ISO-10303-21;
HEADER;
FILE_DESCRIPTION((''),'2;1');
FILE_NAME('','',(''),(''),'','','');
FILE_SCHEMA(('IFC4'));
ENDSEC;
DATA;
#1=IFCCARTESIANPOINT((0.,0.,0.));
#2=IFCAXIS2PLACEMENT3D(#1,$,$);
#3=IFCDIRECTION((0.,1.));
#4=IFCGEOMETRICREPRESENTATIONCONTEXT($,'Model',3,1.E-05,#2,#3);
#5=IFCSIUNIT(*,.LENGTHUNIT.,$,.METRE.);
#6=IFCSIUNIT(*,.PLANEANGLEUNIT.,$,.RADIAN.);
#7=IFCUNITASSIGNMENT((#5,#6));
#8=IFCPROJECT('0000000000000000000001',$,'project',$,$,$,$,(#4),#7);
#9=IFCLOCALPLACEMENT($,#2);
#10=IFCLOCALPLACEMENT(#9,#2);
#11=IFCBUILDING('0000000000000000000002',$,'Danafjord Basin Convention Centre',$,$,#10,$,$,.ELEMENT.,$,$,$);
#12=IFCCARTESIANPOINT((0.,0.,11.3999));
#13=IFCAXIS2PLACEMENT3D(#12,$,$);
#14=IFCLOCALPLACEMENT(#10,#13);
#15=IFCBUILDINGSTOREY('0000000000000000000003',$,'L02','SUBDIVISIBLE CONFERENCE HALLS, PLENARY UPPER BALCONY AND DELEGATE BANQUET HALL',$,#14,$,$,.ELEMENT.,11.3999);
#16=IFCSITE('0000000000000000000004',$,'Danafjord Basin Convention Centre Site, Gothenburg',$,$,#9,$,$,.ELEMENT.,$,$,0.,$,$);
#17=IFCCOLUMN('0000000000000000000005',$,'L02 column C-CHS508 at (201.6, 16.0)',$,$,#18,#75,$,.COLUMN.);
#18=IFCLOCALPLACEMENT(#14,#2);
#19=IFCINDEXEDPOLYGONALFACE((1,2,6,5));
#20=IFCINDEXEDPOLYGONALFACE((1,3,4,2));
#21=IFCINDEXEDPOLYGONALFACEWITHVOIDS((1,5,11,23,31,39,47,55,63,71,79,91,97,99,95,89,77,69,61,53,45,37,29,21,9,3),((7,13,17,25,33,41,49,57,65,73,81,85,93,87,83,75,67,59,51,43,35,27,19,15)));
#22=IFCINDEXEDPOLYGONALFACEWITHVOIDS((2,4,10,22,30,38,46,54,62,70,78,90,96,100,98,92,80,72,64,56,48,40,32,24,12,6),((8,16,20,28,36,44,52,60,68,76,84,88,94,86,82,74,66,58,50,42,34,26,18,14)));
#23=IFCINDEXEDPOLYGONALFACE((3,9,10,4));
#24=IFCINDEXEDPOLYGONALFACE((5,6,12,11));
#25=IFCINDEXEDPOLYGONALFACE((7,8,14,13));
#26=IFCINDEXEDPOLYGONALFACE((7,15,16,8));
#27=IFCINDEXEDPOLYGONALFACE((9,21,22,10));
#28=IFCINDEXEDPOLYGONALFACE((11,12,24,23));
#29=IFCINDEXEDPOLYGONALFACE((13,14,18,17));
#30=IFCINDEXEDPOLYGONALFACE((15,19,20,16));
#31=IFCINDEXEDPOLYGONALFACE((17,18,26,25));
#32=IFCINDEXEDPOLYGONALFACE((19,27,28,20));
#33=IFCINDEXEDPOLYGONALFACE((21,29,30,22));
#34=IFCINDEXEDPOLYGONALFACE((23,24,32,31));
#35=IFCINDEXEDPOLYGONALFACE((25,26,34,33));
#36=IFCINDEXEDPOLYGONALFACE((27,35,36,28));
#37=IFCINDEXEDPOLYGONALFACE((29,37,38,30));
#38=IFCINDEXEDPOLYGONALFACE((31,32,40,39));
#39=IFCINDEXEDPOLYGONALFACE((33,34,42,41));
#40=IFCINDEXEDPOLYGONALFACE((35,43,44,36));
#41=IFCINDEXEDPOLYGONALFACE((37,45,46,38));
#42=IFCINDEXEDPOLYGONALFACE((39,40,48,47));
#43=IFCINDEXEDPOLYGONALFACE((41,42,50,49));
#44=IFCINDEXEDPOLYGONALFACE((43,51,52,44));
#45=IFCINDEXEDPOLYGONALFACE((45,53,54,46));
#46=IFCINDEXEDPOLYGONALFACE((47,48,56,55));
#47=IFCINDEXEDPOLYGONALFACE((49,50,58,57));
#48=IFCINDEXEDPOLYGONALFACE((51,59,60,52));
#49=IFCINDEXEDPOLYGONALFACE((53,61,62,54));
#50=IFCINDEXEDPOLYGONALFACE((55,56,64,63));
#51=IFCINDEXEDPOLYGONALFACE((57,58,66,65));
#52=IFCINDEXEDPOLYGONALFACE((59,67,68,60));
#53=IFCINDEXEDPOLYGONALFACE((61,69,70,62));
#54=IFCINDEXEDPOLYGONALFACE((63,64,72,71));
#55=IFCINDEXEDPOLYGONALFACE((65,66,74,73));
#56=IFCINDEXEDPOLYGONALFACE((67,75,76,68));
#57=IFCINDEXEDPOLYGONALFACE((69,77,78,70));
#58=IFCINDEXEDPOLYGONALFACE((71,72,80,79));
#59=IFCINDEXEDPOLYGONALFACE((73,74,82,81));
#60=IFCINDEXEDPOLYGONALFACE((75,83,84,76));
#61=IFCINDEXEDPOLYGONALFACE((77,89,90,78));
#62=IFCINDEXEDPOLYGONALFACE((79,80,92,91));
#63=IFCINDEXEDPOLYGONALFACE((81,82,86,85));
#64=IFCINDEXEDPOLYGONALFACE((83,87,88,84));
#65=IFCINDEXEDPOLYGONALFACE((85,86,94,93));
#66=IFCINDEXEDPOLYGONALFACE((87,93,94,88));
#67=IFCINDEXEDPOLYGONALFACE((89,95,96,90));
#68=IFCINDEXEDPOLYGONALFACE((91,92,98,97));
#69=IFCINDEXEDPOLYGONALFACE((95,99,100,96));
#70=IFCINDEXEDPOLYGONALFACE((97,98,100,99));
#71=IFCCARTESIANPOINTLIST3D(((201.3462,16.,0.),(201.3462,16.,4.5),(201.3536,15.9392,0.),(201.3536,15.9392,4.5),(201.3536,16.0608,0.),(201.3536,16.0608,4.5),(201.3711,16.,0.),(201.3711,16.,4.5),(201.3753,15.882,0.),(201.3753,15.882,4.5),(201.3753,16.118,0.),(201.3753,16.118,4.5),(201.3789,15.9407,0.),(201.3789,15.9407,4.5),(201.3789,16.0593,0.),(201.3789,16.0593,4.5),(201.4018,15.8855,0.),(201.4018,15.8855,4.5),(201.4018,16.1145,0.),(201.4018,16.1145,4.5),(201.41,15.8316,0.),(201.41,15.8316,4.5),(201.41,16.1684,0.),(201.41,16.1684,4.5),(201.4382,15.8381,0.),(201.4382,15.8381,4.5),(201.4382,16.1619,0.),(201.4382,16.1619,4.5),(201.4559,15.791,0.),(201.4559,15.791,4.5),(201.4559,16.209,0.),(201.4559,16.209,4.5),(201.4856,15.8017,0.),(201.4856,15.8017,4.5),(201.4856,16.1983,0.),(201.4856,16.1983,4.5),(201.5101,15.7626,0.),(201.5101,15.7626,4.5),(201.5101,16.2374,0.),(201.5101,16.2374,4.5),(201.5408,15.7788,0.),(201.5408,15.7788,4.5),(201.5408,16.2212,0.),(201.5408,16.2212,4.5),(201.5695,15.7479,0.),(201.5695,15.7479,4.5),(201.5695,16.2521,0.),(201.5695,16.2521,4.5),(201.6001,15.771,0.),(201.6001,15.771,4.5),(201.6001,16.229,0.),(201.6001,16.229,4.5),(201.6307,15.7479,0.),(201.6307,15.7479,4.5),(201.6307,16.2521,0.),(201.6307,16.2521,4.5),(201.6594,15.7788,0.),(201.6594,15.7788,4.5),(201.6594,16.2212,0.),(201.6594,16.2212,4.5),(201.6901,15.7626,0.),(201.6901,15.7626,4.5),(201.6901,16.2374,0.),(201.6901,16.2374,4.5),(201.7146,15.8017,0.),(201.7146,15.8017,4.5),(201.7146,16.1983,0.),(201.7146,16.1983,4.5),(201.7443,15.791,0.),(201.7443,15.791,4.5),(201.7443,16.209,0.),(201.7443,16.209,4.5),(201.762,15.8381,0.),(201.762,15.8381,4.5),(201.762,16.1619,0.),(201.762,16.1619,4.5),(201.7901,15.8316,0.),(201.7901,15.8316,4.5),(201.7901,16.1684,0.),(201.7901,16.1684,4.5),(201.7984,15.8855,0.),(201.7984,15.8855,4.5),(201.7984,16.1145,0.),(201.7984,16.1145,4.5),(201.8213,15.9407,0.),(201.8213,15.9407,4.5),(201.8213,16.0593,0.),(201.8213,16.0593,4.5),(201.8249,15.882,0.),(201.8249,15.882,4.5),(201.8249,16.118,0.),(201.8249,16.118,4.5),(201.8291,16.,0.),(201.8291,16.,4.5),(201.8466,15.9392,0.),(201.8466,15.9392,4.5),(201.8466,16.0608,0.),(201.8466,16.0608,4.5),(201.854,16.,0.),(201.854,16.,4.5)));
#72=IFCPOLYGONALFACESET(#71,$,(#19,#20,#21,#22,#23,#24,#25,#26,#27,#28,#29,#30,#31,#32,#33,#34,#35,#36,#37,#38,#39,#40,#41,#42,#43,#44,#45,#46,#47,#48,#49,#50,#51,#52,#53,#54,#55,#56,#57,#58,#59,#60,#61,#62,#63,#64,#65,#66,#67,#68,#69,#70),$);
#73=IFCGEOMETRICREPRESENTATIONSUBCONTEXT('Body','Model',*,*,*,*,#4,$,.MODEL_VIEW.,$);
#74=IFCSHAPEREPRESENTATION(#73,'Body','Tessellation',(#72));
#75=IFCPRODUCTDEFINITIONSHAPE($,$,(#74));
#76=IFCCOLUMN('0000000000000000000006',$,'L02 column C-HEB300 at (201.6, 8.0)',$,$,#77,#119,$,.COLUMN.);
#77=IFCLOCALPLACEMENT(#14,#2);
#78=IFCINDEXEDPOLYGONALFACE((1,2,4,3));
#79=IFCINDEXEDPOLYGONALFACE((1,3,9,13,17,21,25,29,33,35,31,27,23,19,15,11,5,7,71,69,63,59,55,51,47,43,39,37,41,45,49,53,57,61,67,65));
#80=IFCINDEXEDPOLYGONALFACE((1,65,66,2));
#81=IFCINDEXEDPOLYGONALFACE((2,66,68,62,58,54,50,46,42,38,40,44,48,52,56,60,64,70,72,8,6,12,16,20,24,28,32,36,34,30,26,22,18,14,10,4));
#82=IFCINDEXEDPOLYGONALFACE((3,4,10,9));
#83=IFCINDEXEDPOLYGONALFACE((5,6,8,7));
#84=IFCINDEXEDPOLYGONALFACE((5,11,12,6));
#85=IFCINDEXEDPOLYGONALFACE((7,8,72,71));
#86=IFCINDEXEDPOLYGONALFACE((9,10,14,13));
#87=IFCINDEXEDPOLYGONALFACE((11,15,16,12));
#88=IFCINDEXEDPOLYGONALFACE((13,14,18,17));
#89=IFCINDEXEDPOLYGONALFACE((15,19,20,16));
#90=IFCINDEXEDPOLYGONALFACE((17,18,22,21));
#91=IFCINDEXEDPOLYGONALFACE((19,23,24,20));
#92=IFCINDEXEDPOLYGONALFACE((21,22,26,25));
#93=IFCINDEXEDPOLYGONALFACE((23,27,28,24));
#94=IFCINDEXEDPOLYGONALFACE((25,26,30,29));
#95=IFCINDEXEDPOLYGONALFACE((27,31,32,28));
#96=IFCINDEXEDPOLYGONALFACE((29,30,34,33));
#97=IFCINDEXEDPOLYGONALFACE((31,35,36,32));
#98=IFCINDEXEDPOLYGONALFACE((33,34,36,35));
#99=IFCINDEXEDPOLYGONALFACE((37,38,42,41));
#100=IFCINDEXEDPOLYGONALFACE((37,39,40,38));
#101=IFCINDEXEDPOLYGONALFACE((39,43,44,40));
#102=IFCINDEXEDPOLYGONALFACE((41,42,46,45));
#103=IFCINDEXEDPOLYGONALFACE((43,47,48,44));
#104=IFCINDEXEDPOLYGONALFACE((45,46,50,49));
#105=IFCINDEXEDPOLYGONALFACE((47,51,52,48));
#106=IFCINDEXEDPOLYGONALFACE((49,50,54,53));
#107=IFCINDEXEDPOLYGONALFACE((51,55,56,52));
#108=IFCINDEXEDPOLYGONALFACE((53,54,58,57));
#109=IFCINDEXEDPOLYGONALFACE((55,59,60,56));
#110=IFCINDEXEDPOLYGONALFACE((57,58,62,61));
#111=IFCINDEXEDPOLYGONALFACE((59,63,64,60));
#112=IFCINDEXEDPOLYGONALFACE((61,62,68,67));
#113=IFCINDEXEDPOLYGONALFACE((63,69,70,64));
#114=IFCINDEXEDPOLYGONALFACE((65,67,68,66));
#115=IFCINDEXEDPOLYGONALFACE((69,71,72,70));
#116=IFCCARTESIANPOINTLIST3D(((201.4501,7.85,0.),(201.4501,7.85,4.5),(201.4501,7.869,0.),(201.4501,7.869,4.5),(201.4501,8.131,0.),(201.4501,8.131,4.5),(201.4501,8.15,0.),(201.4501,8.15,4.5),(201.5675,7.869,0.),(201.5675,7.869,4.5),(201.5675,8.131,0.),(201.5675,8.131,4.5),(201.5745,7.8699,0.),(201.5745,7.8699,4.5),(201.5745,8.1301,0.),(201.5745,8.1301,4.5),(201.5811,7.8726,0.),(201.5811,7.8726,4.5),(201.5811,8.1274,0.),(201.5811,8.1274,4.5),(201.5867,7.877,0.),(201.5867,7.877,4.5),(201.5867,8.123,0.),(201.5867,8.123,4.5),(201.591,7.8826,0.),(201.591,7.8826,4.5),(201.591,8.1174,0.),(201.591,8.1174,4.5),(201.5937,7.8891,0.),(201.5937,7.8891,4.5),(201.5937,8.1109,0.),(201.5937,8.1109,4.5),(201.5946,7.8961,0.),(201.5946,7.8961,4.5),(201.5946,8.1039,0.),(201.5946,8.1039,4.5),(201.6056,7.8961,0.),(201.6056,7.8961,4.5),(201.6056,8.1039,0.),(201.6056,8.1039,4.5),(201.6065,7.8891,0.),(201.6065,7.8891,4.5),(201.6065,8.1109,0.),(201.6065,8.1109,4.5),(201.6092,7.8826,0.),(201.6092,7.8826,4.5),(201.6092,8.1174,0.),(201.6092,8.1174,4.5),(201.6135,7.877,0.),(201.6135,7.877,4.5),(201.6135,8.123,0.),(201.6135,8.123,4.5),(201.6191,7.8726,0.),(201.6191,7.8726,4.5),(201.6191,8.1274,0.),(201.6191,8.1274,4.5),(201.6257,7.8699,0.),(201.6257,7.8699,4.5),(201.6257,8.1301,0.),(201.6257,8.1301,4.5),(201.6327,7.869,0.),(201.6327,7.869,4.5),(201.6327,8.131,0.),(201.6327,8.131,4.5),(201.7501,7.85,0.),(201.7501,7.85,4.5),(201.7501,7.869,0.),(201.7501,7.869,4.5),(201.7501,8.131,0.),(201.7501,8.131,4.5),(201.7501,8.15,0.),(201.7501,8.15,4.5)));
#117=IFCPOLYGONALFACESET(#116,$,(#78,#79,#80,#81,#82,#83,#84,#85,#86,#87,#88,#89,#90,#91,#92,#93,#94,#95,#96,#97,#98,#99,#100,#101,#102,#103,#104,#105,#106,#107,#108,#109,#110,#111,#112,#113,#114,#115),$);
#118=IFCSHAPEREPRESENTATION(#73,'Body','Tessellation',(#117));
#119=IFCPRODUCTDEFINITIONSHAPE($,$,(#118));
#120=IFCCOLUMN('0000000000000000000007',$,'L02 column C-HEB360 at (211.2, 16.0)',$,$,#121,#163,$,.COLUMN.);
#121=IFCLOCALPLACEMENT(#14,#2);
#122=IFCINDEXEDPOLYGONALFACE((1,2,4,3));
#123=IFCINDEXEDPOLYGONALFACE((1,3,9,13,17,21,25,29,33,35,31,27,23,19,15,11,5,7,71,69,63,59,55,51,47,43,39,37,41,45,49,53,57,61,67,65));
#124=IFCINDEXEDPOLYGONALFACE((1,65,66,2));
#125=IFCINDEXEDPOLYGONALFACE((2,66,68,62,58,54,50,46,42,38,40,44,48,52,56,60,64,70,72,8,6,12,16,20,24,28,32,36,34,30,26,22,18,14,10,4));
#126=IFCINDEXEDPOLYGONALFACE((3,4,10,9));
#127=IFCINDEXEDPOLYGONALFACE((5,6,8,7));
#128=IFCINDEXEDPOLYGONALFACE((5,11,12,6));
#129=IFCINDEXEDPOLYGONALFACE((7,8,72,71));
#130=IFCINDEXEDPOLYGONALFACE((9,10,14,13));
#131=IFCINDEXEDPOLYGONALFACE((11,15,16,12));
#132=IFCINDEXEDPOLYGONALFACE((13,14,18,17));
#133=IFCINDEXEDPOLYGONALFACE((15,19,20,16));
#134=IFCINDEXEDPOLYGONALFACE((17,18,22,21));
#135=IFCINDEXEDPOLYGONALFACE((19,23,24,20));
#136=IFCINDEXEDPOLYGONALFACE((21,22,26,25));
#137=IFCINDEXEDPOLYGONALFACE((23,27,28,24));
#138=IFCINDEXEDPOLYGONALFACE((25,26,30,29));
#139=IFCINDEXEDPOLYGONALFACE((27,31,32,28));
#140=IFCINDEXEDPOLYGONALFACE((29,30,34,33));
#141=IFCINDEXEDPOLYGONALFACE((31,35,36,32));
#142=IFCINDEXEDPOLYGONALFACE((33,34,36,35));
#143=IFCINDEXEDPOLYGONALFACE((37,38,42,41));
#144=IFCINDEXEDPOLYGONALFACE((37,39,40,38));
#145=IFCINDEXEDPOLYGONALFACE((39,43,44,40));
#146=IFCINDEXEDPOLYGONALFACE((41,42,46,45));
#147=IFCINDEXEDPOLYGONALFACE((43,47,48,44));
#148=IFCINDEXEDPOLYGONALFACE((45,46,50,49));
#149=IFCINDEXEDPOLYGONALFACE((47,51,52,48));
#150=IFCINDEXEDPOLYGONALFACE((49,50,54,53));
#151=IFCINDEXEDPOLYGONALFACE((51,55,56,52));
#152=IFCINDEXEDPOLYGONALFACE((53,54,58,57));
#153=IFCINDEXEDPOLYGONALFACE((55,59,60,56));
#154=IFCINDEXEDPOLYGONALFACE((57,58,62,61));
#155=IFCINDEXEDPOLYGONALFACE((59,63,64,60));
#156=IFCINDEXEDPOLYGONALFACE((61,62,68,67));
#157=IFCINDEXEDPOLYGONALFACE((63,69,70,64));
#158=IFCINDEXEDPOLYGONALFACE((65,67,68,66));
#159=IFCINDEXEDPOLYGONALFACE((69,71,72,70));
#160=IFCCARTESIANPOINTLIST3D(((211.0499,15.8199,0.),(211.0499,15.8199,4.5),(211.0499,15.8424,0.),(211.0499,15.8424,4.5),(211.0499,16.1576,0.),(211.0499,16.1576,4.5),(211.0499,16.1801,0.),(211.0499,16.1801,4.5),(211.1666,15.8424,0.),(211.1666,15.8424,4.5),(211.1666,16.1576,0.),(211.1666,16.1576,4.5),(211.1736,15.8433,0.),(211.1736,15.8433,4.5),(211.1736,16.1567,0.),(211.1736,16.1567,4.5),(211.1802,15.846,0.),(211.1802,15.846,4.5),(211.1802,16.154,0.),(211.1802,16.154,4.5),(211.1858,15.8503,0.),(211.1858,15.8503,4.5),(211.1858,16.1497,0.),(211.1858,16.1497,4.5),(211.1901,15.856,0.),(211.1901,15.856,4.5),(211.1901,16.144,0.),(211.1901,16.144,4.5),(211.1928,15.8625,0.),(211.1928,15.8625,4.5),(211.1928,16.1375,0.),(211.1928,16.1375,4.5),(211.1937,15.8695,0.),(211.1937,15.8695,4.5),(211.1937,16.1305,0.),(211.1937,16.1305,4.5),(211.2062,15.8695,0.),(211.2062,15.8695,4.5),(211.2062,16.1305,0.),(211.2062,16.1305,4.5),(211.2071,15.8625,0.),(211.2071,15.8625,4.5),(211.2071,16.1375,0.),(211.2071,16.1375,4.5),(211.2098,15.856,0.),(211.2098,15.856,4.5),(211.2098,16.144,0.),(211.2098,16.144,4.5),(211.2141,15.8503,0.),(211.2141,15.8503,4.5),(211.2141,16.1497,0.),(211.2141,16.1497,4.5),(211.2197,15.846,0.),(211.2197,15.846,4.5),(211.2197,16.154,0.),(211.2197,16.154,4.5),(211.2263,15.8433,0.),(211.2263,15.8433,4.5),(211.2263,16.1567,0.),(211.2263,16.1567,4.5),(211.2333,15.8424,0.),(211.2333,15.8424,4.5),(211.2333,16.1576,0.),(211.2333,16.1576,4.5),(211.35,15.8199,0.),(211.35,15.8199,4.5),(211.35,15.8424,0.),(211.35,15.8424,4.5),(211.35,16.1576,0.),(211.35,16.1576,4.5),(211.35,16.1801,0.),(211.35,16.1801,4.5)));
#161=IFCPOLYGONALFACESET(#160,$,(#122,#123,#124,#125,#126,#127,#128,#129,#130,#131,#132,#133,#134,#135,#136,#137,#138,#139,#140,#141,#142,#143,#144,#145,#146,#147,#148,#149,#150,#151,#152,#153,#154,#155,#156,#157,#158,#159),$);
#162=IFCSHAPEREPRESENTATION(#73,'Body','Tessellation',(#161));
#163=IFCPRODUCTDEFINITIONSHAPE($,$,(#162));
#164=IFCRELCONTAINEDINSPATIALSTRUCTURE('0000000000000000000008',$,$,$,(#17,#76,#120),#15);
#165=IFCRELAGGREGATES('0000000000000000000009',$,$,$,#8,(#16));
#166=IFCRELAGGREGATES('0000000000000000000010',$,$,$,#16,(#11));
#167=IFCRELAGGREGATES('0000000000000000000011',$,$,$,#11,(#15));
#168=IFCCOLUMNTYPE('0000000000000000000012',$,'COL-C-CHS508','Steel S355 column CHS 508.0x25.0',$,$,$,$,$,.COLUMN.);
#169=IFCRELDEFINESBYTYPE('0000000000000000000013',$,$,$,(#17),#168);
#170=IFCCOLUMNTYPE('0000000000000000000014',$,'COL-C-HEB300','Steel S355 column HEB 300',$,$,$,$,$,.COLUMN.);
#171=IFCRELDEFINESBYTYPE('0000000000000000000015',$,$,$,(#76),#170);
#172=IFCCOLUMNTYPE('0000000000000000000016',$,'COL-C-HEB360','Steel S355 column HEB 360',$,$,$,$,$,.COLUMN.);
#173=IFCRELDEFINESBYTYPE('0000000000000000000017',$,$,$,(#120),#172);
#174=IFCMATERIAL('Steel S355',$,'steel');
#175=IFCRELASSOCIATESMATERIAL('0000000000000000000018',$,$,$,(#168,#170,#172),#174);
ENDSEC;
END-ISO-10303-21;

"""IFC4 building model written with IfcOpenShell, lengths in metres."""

from ifc_helpers import new_model, si_unit, direction, frame, origin, origin_2d, place, context, subcontext, project, spatial, hollow_circle, i_section, extrude, material, material_profile, profile_set, type_object, element, save


model = new_model("IFC4")

# Units and contexts
model_context = context("Model", 3, precision=1e-05, world=origin(), true_north=direction((0.0, 1.0)))
body_context = subcontext(model_context, "Body", "Model", "MODEL_VIEW")
ifc_project = project(units=[si_unit("LENGTHUNIT", "METRE"), si_unit("PLANEANGLEUNIT", "RADIAN")], contexts=[model_context])

# Site, building, storey
site_placement = place(None, origin())
site = spatial("IfcSite", under=ifc_project, at=site_placement, Name="Danafjord Basin Convention Centre Site, Gothenburg", CompositionType="ELEMENT", RefElevation=0.0)
building_placement = place(site_placement, origin())
building = spatial("IfcBuilding", under=site, at=building_placement, Name="Danafjord Basin Convention Centre", CompositionType="ELEMENT")
storey_placement = place(building_placement, frame((0.0, 0.0, 11.3999)))
storey = spatial("IfcBuildingStorey", under=building, at=storey_placement, Name="L02", Description="SUBDIVISIBLE CONFERENCE HALLS, PLENARY UPPER BALCONY AND DELEGATE BANQUET HALL", CompositionType="ELEMENT", Elevation=11.3999)

# Columns
ifc_material_1 = material(Name="Steel S355", Category="steel")
ifc_material_profile_1 = material_profile(ifc_material_1, hollow_circle(Radius=0.2539, WallThickness=0.0249, at=origin_2d()), Name="CHS 508.0x25.0")
ifc_profile_set_1 = profile_set([ifc_material_profile_1], Name="Steel S355")
column_type_1 = type_object("IfcColumnType", Name="COL-C-CHS508", Description="Steel S355 column CHS 508.0x25.0", PredefinedType="COLUMN", material=ifc_profile_set_1)
column_1_placement = place(storey_placement, frame((201.6001, 16.0, 0.0), z_axis=(0.0, 0.0, 1.0), x_axis=(1.0, 0.0, 0.0)))
element("IfcColumn", 1, at=column_1_placement, inside=storey, type_object=column_type_1, Name="L02 column C-CHS508 at (201.6, 16.0)", PredefinedType="COLUMN", context=body_context, shape_type="SweptSolid", body=[
    extrude(hollow_circle(Radius=0.2539, WallThickness=0.0249, at=origin_2d()), origin(), (0.0, 0.0, 1.0), 4.5),
])
ifc_material_profile_2 = material_profile(ifc_material_1, i_section(OverallWidth=0.3, OverallDepth=0.3, WebThickness=0.011, FlangeThickness=0.019, FilletRadius=0.0271, at=origin_2d()), Name="HEB 300")
ifc_profile_set_2 = profile_set([ifc_material_profile_2], Name="Steel S355")
column_type_2 = type_object("IfcColumnType", Name="COL-C-HEB300", Description="Steel S355 column HEB 300", PredefinedType="COLUMN", material=ifc_profile_set_2)
column_2_placement = place(storey_placement, frame((201.6001, 8.0, 0.0), z_axis=(0.0, 0.0, 1.0), x_axis=(1.0, 0.0, 0.0)))
element("IfcColumn", 2, at=column_2_placement, inside=storey, type_object=column_type_2, Name="L02 column C-HEB300 at (201.6, 8.0)", PredefinedType="COLUMN", context=body_context, shape_type="SweptSolid", body=[
    extrude(i_section(OverallWidth=0.3, OverallDepth=0.3, WebThickness=0.011, FlangeThickness=0.019, FilletRadius=0.0271, at=origin_2d()), origin(), (0.0, 0.0, 1.0), 4.5),
])
ifc_material_profile_3 = material_profile(ifc_material_1, i_section(OverallWidth=0.3, OverallDepth=0.3601, WebThickness=0.0125, FlangeThickness=0.0225, FilletRadius=0.0271, at=origin_2d()), Name="HEB 360")
ifc_profile_set_3 = profile_set([ifc_material_profile_3], Name="Steel S355")
column_type_3 = type_object("IfcColumnType", Name="COL-C-HEB360", Description="Steel S355 column HEB 360", PredefinedType="COLUMN", material=ifc_profile_set_3)
column_3_placement = place(storey_placement, frame((211.2, 16.0, 0.0), z_axis=(0.0, 0.0, 1.0), x_axis=(1.0, 0.0, 0.0)))
element("IfcColumn", 3, at=column_3_placement, inside=storey, type_object=column_type_3, Name="L02 column C-HEB360 at (211.2, 16.0)", PredefinedType="COLUMN", context=body_context, shape_type="SweptSolid", body=[
    extrude(i_section(OverallWidth=0.3, OverallDepth=0.3601, WebThickness=0.0125, FlangeThickness=0.0225, FilletRadius=0.0271, at=origin_2d()), origin(), (0.0, 0.0, 1.0), 4.5),
])

save(model, "model.ifc")
